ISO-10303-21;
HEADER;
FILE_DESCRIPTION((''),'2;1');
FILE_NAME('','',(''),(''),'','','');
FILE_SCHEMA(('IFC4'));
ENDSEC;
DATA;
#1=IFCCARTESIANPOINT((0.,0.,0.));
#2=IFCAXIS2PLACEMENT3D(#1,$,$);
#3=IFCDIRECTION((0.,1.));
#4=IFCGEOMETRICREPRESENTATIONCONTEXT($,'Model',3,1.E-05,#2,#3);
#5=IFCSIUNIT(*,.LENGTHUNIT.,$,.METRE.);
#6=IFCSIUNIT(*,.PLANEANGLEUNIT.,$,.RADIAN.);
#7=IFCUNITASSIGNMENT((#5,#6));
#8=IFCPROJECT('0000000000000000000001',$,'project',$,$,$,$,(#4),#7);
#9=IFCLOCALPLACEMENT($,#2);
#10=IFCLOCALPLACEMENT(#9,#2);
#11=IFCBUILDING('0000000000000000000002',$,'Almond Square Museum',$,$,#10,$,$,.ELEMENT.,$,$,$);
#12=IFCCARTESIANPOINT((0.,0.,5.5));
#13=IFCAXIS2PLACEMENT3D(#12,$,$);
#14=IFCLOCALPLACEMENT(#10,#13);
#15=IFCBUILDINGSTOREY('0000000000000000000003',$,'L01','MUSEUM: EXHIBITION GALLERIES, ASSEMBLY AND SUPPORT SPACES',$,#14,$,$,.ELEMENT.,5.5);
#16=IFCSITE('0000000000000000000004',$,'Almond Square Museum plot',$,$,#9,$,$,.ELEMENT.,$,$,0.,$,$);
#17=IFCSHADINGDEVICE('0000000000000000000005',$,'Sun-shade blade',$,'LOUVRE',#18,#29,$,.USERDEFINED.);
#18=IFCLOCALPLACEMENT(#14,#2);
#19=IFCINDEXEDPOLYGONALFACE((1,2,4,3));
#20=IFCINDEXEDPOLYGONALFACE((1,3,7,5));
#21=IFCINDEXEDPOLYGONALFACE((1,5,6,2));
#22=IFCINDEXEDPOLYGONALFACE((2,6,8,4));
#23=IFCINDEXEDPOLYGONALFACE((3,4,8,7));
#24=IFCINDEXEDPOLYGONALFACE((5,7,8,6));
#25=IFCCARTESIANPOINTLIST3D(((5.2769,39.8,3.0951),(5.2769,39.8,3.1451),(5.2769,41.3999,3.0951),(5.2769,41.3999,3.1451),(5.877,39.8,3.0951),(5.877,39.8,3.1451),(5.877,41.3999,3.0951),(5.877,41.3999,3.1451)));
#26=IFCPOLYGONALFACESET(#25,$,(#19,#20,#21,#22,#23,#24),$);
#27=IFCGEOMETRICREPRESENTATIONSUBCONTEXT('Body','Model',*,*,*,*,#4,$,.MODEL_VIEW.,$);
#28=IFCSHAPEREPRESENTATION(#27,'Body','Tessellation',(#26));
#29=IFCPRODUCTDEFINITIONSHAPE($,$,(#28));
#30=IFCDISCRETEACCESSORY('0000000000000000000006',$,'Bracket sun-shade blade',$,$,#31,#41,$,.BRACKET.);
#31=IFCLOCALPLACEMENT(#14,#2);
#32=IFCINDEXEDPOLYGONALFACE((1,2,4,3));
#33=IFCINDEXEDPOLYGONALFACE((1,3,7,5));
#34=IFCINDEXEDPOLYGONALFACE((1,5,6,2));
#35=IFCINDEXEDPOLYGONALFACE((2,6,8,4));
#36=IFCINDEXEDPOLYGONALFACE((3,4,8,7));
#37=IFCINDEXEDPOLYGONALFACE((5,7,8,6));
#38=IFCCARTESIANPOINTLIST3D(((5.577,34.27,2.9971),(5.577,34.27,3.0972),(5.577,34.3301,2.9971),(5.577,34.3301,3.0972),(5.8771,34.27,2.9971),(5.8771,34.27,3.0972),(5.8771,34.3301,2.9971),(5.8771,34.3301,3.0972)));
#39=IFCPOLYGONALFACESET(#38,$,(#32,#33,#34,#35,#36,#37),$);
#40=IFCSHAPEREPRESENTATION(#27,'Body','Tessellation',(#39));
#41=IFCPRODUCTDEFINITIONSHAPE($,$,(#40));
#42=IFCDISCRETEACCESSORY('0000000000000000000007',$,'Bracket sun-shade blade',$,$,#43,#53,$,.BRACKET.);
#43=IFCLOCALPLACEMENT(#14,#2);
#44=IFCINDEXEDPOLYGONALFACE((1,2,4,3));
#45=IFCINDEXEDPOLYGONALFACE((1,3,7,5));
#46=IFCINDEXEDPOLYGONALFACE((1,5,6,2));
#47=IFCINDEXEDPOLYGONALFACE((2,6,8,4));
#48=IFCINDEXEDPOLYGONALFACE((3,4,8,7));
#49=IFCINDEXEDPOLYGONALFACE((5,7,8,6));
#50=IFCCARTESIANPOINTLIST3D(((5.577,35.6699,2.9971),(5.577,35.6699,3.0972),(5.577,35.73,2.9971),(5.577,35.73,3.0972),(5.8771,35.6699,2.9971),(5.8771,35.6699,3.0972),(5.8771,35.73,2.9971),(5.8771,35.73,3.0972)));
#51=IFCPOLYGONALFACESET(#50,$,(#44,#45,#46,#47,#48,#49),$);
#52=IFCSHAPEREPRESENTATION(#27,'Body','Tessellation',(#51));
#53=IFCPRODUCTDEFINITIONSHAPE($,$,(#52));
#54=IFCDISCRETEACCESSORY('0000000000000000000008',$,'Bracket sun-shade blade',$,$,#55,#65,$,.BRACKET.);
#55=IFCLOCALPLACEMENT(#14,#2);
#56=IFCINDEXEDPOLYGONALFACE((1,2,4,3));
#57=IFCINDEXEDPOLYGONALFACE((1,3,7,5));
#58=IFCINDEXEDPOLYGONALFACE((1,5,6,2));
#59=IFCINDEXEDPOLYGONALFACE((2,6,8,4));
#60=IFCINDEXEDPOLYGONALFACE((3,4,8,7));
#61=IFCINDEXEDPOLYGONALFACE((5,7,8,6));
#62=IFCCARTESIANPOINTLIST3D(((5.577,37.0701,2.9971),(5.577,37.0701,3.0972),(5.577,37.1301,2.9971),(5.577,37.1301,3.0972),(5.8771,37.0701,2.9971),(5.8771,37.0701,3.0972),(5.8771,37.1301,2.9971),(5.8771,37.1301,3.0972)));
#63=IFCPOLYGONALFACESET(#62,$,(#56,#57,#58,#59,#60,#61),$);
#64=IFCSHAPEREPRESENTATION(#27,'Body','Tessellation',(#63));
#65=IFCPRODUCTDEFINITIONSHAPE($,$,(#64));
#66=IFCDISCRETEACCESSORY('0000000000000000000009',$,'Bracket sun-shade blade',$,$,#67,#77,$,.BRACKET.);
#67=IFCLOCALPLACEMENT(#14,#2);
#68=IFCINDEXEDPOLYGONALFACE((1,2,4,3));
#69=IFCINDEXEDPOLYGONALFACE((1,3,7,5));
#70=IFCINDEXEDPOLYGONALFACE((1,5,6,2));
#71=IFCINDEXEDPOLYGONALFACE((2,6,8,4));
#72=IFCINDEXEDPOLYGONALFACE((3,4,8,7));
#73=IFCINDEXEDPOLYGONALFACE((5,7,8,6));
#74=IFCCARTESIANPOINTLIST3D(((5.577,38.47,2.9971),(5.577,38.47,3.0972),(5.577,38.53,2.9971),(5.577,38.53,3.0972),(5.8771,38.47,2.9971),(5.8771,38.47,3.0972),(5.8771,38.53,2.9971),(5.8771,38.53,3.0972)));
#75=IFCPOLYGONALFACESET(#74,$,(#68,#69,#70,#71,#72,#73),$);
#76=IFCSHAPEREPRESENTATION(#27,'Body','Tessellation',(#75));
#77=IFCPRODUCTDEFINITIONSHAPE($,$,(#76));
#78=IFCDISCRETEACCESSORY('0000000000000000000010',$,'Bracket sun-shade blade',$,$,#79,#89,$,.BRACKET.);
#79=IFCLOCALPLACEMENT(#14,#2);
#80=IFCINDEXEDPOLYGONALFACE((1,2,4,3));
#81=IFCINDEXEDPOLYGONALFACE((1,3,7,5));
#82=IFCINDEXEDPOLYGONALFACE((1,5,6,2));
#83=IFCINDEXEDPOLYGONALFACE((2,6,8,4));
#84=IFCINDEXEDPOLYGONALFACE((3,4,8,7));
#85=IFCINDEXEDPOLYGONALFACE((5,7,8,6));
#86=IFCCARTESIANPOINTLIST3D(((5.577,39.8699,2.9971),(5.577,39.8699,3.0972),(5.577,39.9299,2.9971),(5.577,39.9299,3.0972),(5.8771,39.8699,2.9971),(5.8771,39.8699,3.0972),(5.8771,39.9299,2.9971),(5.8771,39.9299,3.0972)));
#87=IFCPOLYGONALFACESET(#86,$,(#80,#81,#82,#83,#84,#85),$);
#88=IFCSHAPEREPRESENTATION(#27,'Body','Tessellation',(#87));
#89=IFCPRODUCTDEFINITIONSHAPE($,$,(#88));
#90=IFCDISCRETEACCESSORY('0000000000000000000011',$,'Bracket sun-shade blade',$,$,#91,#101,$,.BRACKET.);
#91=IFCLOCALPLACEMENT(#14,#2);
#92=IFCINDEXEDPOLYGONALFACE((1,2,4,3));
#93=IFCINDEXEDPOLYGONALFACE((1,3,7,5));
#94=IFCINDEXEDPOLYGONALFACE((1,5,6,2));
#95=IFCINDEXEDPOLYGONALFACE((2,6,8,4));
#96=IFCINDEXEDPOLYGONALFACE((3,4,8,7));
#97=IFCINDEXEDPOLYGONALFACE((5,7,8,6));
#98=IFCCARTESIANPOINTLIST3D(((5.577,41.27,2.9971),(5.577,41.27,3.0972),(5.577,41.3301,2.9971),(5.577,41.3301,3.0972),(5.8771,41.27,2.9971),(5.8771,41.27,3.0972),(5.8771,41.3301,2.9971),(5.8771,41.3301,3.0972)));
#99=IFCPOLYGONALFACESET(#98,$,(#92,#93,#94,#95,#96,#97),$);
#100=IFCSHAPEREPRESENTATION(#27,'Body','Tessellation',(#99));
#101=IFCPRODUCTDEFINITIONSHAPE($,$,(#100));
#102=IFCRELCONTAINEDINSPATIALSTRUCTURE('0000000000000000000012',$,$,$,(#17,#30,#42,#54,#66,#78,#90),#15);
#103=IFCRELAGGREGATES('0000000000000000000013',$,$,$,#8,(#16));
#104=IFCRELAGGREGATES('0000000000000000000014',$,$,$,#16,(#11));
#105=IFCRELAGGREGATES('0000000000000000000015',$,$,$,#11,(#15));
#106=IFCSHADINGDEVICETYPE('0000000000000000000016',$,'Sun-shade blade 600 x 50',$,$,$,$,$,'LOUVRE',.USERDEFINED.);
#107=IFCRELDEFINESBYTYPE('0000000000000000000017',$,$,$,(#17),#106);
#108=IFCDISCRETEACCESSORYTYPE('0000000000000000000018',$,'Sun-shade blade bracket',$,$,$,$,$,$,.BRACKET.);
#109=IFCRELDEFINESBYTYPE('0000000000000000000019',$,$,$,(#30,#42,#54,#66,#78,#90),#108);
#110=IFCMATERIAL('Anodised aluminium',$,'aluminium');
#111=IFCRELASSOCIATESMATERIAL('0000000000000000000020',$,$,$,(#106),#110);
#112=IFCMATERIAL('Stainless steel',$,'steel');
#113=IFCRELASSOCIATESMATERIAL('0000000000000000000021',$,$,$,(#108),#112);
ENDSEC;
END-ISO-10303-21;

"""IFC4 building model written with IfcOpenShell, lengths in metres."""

from ifc_helpers import new_model, si_unit, direction, frame, origin, origin_2d, place, context, subcontext, project, spatial, rectangle, extrude, material, material_profile, profile_set, type_object, element, save


model = new_model("IFC4")

# Units and contexts
model_context = context("Model", 3, precision=1e-05, world=origin(), true_north=direction((0.0, 1.0)))
body_context = subcontext(model_context, "Body", "Model", "MODEL_VIEW")
ifc_project = project(units=[si_unit("LENGTHUNIT", "METRE"), si_unit("PLANEANGLEUNIT", "RADIAN")], contexts=[model_context])

# Site, building, storey
site_placement = place(None, origin())
site = spatial("IfcSite", under=ifc_project, at=site_placement, Name="Almond Square Museum plot", CompositionType="ELEMENT", RefElevation=0.0)
building_placement = place(site_placement, origin())
building = spatial("IfcBuilding", under=site, at=building_placement, Name="Almond Square Museum", CompositionType="ELEMENT")
storey_placement = place(building_placement, frame((0.0, 0.0, 5.5)))
storey = spatial("IfcBuildingStorey", under=building, at=storey_placement, Name="L01", Description="MUSEUM: EXHIBITION GALLERIES, ASSEMBLY AND SUPPORT SPACES", CompositionType="ELEMENT", Elevation=5.5)

# Shading device
ifc_material_1 = material(Name="Anodised aluminium", Category="aluminium")
ifc_material_profile_1 = material_profile(ifc_material_1, rectangle(XDim=0.6001, YDim=0.05, at=origin_2d()))
ifc_profile_set_1 = profile_set([ifc_material_profile_1], Name="Anodised aluminium")
shading_device_type = type_object("IfcShadingDeviceType", Name="Sun-shade blade 600 x 50", ElementType="LOUVRE", PredefinedType="USERDEFINED", material=ifc_profile_set_1)
shading_device_placement = place(storey_placement, frame((5.5769, 39.8, 3.1201), z_axis=(0.0, 1.0, 0.0), x_axis=(-1.0, 0.0, 0.0)))
element("IfcShadingDevice", 1, at=shading_device_placement, inside=storey, type_object=shading_device_type, Name="Sun-shade blade", ObjectType="LOUVRE", PredefinedType="USERDEFINED", context=body_context, shape_type="SweptSolid", body=[
    extrude(rectangle(XDim=0.6001, YDim=0.05, at=origin_2d()), origin(), (0.0, 0.0, 1.0), 1.5999),
])

# Discrete accessories
ifc_material_2 = material(Name="Stainless steel", Category="steel")
discrete_accessory_type = type_object("IfcDiscreteAccessoryType", Name="Sun-shade blade bracket", PredefinedType="BRACKET", material=ifc_material_2)
for number, where, z_axis, x_axis, name in (
    (2, (5.7271, 34.3, 2.9971), (0.0, 0.0, 1.0), (1.0, 0.0, 0.0), "Bracket sun-shade blade"),
    (3, (5.7271, 35.7, 2.9971), (0.0, 0.0, 1.0), (1.0, 0.0, 0.0), "Bracket sun-shade blade"),
    (4, (5.7271, 37.1001, 2.9971), (0.0, 0.0, 1.0), (1.0, 0.0, 0.0), "Bracket sun-shade blade"),
    (5, (5.7271, 38.5, 2.9971), (0.0, 0.0, 1.0), (1.0, 0.0, 0.0), "Bracket sun-shade blade"),
    (6, (5.7271, 39.8999, 2.9971), (0.0, 0.0, 1.0), (1.0, 0.0, 0.0), "Bracket sun-shade blade"),
    (7, (5.7271, 41.3, 2.9971), (0.0, 0.0, 1.0), (1.0, 0.0, 0.0), "Bracket sun-shade blade"),
):
    element("IfcDiscreteAccessory", number, at=place(storey_placement, frame(where, z_axis=z_axis, x_axis=x_axis)), inside=storey, type_object=discrete_accessory_type, Name=name, PredefinedType="BRACKET", context=body_context, shape_type="SweptSolid", body=[
        extrude(rectangle(XDim=0.3, YDim=0.0601, at=origin_2d()), origin(), (0.0, 0.0, 1.0), 0.1001),
    ])

save(model, "model.ifc")
